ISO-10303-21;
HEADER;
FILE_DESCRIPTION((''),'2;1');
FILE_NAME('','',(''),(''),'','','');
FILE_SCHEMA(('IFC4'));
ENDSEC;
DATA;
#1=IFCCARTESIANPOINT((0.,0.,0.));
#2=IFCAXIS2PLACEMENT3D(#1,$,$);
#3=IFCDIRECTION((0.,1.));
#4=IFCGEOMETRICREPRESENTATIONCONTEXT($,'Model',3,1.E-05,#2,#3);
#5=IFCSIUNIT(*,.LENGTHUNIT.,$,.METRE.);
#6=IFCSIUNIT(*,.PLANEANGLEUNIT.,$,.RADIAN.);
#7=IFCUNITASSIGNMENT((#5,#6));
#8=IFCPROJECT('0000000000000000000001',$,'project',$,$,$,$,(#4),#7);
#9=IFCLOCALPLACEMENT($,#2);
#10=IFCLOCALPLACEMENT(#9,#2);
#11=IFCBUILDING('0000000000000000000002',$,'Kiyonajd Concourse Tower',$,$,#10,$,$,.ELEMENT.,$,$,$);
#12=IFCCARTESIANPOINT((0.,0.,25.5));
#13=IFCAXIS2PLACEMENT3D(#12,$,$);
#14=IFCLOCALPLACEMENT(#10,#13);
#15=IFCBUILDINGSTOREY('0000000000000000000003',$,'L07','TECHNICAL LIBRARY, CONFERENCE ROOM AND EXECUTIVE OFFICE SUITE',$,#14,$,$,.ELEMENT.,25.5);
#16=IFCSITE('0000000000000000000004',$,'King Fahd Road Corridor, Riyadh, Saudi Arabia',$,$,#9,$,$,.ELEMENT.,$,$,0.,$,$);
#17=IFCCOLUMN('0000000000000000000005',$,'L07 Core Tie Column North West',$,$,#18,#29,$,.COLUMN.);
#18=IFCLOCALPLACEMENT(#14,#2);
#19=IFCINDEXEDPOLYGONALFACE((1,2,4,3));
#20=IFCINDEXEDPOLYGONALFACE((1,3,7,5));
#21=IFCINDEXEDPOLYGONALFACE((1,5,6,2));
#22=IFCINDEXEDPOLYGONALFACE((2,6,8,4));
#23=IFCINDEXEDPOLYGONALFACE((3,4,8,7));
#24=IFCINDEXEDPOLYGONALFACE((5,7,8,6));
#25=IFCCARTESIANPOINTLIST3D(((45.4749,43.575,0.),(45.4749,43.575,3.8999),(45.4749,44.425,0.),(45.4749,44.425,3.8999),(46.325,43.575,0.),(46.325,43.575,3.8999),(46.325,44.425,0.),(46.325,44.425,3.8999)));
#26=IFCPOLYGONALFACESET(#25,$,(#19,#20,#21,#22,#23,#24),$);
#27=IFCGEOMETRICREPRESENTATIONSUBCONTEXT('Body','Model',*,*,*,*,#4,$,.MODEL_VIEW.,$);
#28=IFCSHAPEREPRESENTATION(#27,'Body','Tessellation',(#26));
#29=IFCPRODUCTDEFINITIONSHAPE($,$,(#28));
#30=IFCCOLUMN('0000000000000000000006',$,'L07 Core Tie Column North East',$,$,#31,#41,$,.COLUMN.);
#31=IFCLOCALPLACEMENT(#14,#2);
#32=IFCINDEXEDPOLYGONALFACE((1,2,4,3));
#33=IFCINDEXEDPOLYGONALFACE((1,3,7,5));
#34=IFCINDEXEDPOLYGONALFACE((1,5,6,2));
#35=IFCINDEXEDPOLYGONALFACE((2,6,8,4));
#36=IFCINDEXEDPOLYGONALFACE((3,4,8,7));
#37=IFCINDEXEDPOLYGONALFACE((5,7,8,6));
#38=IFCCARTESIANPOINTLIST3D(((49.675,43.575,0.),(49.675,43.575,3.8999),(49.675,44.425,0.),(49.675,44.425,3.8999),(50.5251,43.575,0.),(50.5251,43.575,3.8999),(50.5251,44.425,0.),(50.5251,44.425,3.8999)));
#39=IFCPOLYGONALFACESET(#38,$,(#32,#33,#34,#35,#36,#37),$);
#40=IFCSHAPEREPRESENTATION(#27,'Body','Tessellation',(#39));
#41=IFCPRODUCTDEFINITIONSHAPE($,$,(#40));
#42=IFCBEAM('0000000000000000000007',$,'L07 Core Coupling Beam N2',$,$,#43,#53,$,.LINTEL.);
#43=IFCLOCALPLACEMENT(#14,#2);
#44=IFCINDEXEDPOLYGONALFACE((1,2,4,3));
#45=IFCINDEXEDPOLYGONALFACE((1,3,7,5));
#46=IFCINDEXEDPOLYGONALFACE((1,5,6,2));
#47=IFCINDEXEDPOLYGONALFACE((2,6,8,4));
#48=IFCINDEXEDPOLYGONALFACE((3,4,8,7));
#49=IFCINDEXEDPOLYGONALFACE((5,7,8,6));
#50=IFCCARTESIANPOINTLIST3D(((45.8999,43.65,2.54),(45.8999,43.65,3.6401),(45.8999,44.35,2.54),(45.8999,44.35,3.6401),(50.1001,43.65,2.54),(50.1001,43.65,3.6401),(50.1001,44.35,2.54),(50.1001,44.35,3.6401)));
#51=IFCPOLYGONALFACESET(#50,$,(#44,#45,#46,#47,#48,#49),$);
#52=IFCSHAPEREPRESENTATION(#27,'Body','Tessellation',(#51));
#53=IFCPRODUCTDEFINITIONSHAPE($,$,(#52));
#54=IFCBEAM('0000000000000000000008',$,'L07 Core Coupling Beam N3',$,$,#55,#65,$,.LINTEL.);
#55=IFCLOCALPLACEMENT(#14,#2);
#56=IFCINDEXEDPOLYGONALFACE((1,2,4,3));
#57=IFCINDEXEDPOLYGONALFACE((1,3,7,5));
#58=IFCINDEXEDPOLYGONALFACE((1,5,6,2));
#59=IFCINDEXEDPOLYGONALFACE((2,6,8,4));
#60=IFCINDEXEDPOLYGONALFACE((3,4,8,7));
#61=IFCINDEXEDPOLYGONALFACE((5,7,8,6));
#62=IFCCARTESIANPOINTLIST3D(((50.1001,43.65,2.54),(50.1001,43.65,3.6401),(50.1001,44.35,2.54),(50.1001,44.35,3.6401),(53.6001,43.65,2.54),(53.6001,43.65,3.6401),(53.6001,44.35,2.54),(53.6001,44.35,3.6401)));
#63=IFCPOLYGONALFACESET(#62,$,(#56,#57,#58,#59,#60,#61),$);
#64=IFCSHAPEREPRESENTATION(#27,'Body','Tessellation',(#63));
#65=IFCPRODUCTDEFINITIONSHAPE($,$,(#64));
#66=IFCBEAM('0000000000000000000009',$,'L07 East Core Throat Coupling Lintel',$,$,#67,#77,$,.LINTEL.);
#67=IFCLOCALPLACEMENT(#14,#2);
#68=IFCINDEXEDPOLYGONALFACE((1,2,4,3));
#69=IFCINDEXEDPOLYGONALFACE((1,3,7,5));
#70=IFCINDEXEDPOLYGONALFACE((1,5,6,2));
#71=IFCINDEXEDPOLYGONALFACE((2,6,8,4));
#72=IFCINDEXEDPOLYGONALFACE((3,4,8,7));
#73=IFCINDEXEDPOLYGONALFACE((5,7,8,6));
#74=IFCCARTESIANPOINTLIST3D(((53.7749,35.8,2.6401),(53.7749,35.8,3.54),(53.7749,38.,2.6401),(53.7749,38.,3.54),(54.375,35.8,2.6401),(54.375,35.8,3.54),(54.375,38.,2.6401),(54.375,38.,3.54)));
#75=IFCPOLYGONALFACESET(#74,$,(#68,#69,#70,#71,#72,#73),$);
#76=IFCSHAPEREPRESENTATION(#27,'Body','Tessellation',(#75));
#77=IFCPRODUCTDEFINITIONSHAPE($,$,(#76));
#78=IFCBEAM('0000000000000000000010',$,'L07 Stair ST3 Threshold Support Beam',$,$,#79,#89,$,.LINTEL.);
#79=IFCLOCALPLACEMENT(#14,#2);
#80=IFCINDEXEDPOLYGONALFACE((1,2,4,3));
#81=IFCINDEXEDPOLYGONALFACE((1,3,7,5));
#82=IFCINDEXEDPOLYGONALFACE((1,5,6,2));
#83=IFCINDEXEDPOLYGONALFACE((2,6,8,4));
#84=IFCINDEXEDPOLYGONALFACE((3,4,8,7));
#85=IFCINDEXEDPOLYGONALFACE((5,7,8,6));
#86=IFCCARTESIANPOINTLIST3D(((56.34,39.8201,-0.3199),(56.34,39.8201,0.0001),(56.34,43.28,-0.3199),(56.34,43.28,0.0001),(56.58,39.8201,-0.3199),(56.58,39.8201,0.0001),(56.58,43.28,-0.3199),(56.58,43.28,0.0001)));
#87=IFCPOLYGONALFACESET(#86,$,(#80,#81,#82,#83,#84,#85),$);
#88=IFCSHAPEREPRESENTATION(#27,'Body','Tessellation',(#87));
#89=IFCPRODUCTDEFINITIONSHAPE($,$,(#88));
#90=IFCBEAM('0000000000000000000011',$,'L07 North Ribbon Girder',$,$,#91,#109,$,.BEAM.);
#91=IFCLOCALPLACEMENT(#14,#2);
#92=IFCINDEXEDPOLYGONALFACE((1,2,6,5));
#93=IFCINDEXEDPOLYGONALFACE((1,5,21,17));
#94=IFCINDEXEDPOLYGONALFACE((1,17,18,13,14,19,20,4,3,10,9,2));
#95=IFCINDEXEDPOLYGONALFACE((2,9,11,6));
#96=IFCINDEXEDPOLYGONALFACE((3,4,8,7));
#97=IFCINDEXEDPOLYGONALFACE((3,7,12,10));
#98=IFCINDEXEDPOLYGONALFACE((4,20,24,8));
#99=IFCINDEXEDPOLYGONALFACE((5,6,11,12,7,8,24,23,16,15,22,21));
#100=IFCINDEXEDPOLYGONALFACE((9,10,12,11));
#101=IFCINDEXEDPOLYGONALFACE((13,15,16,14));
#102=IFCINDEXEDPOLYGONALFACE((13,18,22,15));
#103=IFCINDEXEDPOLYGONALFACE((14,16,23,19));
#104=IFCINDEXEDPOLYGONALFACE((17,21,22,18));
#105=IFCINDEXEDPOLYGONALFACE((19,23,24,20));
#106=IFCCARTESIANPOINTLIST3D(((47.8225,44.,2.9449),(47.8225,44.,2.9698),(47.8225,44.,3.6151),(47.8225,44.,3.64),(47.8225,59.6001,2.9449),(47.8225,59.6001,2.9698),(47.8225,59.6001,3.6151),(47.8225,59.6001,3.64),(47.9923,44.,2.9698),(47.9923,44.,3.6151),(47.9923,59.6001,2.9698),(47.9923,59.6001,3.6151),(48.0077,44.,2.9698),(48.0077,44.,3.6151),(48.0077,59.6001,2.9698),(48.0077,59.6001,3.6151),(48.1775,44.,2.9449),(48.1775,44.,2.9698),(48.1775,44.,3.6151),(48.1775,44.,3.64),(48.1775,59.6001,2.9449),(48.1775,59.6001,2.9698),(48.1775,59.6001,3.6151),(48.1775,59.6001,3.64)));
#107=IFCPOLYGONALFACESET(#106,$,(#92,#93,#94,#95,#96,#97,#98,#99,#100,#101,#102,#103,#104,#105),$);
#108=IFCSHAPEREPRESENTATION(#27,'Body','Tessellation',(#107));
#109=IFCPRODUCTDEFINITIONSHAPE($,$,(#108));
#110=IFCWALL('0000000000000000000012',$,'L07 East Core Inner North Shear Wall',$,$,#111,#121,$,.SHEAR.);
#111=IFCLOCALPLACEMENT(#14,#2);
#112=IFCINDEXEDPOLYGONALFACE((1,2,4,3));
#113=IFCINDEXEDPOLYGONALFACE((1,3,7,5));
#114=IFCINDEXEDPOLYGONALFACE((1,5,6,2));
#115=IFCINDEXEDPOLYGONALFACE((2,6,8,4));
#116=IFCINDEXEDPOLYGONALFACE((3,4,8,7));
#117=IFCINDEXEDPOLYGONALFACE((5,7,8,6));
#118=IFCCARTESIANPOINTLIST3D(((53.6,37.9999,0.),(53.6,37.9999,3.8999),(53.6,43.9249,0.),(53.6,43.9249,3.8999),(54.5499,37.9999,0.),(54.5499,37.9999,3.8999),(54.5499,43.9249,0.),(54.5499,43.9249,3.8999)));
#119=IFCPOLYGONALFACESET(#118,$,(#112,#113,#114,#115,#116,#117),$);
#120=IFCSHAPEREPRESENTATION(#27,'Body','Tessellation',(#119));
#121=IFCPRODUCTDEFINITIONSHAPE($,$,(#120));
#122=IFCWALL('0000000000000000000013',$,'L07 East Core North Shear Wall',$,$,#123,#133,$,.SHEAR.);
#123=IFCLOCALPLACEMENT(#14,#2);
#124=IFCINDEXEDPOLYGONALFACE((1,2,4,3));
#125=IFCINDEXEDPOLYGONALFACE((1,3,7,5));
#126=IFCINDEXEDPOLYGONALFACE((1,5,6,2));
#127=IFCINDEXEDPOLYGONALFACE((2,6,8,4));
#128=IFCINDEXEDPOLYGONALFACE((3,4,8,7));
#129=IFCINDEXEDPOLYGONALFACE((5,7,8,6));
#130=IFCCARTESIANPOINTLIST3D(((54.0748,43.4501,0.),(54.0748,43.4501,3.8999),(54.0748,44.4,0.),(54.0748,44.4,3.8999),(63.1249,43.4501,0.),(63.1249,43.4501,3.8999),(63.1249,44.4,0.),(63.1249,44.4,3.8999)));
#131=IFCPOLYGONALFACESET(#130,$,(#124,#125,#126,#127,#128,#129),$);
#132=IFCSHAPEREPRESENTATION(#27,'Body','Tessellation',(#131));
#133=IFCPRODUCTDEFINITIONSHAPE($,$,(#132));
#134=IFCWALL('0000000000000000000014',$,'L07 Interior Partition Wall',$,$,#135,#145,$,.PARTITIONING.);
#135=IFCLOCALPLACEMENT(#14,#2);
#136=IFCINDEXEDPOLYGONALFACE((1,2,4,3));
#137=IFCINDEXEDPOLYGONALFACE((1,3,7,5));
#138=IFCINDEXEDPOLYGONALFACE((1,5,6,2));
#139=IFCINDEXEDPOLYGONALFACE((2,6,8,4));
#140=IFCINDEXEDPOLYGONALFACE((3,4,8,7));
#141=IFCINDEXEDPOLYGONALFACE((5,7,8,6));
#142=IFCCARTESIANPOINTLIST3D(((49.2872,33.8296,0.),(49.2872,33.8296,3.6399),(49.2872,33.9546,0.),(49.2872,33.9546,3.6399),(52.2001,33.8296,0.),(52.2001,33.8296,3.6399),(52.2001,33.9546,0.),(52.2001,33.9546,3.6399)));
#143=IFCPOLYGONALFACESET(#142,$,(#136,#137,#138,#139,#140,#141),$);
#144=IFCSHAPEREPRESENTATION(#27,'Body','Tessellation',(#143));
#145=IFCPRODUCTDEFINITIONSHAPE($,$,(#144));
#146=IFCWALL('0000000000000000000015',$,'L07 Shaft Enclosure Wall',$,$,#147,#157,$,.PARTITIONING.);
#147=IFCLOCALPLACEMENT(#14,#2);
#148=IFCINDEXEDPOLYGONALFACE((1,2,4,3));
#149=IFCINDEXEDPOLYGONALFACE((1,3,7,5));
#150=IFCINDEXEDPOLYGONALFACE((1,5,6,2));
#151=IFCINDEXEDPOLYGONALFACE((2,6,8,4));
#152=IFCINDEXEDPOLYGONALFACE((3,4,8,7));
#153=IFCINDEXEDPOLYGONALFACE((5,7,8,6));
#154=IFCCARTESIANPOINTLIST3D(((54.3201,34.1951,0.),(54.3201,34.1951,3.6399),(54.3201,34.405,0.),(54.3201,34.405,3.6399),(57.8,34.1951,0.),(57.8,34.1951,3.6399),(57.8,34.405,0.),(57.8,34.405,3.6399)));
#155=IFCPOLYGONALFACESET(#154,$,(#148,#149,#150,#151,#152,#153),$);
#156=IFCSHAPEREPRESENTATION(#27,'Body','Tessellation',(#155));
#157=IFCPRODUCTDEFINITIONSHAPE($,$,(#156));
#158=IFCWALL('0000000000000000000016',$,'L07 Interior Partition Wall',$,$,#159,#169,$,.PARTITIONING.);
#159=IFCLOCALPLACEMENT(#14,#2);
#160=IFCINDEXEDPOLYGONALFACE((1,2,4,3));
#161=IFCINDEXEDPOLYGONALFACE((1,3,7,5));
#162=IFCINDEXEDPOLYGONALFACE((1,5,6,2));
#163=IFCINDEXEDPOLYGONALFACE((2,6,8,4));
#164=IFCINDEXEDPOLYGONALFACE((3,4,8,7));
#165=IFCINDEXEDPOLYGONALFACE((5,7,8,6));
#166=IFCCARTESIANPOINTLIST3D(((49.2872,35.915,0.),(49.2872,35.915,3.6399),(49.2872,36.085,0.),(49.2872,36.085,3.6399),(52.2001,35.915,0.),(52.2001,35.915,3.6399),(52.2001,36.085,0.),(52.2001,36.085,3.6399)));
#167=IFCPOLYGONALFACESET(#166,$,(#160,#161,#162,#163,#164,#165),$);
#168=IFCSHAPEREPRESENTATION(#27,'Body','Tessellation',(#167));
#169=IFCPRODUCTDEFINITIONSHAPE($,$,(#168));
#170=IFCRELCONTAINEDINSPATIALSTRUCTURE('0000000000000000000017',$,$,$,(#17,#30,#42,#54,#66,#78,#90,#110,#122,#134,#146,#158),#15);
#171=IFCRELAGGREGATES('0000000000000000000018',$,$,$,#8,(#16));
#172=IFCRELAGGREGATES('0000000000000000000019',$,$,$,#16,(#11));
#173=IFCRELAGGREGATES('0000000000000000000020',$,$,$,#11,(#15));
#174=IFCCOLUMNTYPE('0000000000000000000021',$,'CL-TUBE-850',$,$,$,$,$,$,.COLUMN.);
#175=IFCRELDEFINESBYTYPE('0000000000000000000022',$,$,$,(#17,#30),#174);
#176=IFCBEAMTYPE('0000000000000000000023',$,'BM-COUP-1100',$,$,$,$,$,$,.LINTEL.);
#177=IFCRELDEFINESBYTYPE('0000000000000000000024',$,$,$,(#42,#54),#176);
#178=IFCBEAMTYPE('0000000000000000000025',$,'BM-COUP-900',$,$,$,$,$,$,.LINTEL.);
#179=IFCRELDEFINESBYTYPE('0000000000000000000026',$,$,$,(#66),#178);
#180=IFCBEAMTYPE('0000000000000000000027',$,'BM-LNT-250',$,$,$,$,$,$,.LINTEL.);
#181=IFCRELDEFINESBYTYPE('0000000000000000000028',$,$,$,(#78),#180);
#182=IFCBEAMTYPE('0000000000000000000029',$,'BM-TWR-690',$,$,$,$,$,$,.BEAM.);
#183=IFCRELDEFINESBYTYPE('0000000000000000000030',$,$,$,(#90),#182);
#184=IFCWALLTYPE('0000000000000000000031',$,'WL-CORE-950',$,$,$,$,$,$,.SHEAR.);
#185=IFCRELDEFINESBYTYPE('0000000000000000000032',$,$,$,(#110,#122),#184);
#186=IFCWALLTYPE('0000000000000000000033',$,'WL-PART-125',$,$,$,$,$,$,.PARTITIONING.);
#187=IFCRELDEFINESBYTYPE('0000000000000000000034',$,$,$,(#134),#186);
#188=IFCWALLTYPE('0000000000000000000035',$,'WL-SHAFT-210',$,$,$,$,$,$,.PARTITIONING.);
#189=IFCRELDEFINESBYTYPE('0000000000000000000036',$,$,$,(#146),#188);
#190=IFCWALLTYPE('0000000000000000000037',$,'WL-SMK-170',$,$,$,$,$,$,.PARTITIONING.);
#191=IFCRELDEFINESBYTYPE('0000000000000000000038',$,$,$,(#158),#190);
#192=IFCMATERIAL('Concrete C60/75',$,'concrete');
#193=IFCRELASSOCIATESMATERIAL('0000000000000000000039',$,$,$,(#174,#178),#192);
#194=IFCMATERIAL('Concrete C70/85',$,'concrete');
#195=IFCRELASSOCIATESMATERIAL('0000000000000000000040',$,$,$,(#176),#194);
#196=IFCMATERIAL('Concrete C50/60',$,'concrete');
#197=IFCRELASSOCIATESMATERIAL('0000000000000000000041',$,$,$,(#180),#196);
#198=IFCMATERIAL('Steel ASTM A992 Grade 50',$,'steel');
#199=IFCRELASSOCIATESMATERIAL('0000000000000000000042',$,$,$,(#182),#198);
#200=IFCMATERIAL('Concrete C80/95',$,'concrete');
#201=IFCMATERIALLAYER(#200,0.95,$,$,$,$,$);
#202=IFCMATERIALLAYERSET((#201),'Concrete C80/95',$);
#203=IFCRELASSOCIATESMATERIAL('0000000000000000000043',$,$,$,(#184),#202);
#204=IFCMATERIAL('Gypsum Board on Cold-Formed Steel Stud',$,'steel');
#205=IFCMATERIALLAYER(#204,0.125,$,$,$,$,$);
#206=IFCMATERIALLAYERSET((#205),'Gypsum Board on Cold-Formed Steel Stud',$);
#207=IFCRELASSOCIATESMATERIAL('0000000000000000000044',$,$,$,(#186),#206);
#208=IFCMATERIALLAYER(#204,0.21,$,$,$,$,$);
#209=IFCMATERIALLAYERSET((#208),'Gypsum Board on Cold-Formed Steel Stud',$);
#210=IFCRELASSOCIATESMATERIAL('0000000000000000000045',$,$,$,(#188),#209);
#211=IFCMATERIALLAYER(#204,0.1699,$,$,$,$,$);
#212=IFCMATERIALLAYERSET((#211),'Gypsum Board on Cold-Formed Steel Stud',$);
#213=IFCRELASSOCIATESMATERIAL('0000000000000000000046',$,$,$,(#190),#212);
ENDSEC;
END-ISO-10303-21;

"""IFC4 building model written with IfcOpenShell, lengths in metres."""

from ifc_helpers import new_model, si_unit, direction, frame, frame_2d, origin, origin_2d, place, context, subcontext, project, spatial, rectangle, i_section, extrude, material, layer, layer_set, material_profile, profile_set, type_object, element, save


model = new_model("IFC4")

# Units and contexts
model_context = context("Model", 3, precision=1e-05, world=origin(), true_north=direction((0.0, 1.0)))
body_context = subcontext(model_context, "Body", "Model", "MODEL_VIEW")
ifc_project = project(units=[si_unit("LENGTHUNIT", "METRE"), si_unit("PLANEANGLEUNIT", "RADIAN")], contexts=[model_context])

# Site, building, storey
site_placement = place(None, origin())
site = spatial("IfcSite", under=ifc_project, at=site_placement, Name="King Fahd Road Corridor, Riyadh, Saudi Arabia", CompositionType="ELEMENT", RefElevation=0.0)
building_placement = place(site_placement, origin())
building = spatial("IfcBuilding", under=site, at=building_placement, Name="Kiyonajd Concourse Tower", CompositionType="ELEMENT")
storey_placement = place(building_placement, frame((0.0, 0.0, 25.5)))
storey = spatial("IfcBuildingStorey", under=building, at=storey_placement, Name="L07", Description="TECHNICAL LIBRARY, CONFERENCE ROOM AND EXECUTIVE OFFICE SUITE", CompositionType="ELEMENT", Elevation=25.5)

# Columns
ifc_material_1 = material(Name="Concrete C60/75", Category="concrete")
ifc_material_profile_1 = material_profile(ifc_material_1, rectangle(XDim=0.8501, YDim=0.8501, at=origin_2d()), Name="RC-850x850")
ifc_profile_set_1 = profile_set([ifc_material_profile_1], Name="Concrete C60/75")
column_type = type_object("IfcColumnType", Name="CL-TUBE-850", PredefinedType="COLUMN", material=ifc_profile_set_1)
for number, where, z_axis, x_axis, name in (
    (1, (45.8999, 44.0, 0.0), (0.0, 0.0, 1.0), (1.0, 0.0, 0.0), "L07 Core Tie Column North West"),
    (2, (50.1001, 44.0, 0.0), (0.0, 0.0, 1.0), (1.0, 0.0, 0.0), "L07 Core Tie Column North East"),
):
    element("IfcColumn", number, at=place(storey_placement, frame(where, z_axis=z_axis, x_axis=x_axis)), inside=storey, type_object=column_type, Name=name, PredefinedType="COLUMN", context=body_context, shape_type="SweptSolid", body=[
        extrude(rectangle(XDim=0.8501, YDim=0.8501, at=origin_2d()), origin(), (0.0, 0.0, 1.0), 3.8999),
    ])

# Beams
ifc_material_2 = material(Name="Concrete C70/85", Category="concrete")
ifc_material_profile_2 = material_profile(ifc_material_2, rectangle(XDim=0.7, YDim=1.1001, at=origin_2d()), Name="RCBM-700x1100")
ifc_profile_set_2 = profile_set([ifc_material_profile_2], Name="Concrete C70/85")
beam_type_1 = type_object("IfcBeamType", Name="BM-COUP-1100", PredefinedType="LINTEL", material=ifc_profile_set_2)
beam_1_placement = place(storey_placement, frame((45.8999, 44.0, 3.0901), z_axis=(1.0, 0.0, 0.0), x_axis=(0.0, 1.0, 0.0)))
element("IfcBeam", 3, at=beam_1_placement, inside=storey, type_object=beam_type_1, Name="L07 Core Coupling Beam N2", PredefinedType="LINTEL", context=body_context, shape_type="SweptSolid", body=[
    extrude(rectangle(XDim=0.7, YDim=1.1001, at=origin_2d()), origin(), (0.0, 0.0, 1.0), 4.2002),
])
beam_2_placement = place(storey_placement, frame((50.1001, 44.0, 3.0901), z_axis=(1.0, 0.0, 0.0), x_axis=(0.0, 1.0, 0.0)))
element("IfcBeam", 4, at=beam_2_placement, inside=storey, type_object=beam_type_1, Name="L07 Core Coupling Beam N3", PredefinedType="LINTEL", context=body_context, shape_type="SweptSolid", body=[
    extrude(rectangle(XDim=0.7, YDim=1.1001, at=origin_2d()), origin(), (0.0, 0.0, 1.0), 3.5),
])
ifc_material_profile_3 = material_profile(ifc_material_1, rectangle(XDim=0.6001, YDim=0.8999, at=origin_2d()), Name="RCBM-600x900")
ifc_profile_set_3 = profile_set([ifc_material_profile_3], Name="Concrete C60/75")
beam_type_2 = type_object("IfcBeamType", Name="BM-COUP-900", PredefinedType="LINTEL", material=ifc_profile_set_3)
beam_3_placement = place(storey_placement, frame((54.075, 35.8, 3.0901), z_axis=(0.0, 1.0, 0.0), x_axis=(-1.0, 0.0, 0.0)))
element("IfcBeam", 5, at=beam_3_placement, inside=storey, type_object=beam_type_2, Name="L07 East Core Throat Coupling Lintel", PredefinedType="LINTEL", context=body_context, shape_type="SweptSolid", body=[
    extrude(rectangle(XDim=0.6001, YDim=0.8999, at=origin_2d()), origin(), (0.0, 0.0, 1.0), 2.2),
])
ifc_material_3 = material(Name="Concrete C50/60", Category="concrete")
ifc_material_profile_4 = material_profile(ifc_material_3, rectangle(XDim=0.24, YDim=0.3201, at=origin_2d()), Name="RCBM-240x320")
ifc_profile_set_4 = profile_set([ifc_material_profile_4], Name="Concrete C50/60")
beam_type_3 = type_object("IfcBeamType", Name="BM-LNT-250", PredefinedType="LINTEL", material=ifc_profile_set_4)
beam_4_placement = place(storey_placement, frame((56.46, 39.8201, -0.1599), z_axis=(0.0, 1.0, 0.0), x_axis=(-1.0, 0.0, 0.0)))
element("IfcBeam", 6, at=beam_4_placement, inside=storey, type_object=beam_type_3, Name="L07 Stair ST3 Threshold Support Beam", PredefinedType="LINTEL", context=body_context, shape_type="SweptSolid", body=[
    extrude(rectangle(XDim=0.24, YDim=0.3201, at=origin_2d()), origin(), (0.0, 0.0, 1.0), 3.46),
])
ifc_material_4 = material(Name="Steel ASTM A992 Grade 50", Category="steel")
ifc_material_profile_5 = material_profile(ifc_material_4, i_section(OverallWidth=0.355, OverallDepth=0.6951, WebThickness=0.0154, FlangeThickness=0.0249, at=origin_2d()), Name="W690X217")
ifc_profile_set_5 = profile_set([ifc_material_profile_5], Name="Steel ASTM A992 Grade 50")
beam_type_4 = type_object("IfcBeamType", Name="BM-TWR-690", PredefinedType="BEAM", material=ifc_profile_set_5)
beam_5_placement = place(storey_placement, frame((48.0, 44.0, 3.2925), z_axis=(0.0, 1.0, 0.0), x_axis=(-1.0, 0.0, 0.0)))
element("IfcBeam", 7, at=beam_5_placement, inside=storey, type_object=beam_type_4, Name="L07 North Ribbon Girder", PredefinedType="BEAM", context=body_context, shape_type="SweptSolid", body=[
    extrude(i_section(OverallWidth=0.355, OverallDepth=0.6951, WebThickness=0.0154, FlangeThickness=0.0249, at=origin_2d()), origin(), (0.0, 0.0, 1.0), 15.6001),
])

# Walls
ifc_material_5 = material(Name="Concrete C80/95", Category="concrete")
ifc_layer_1 = layer(ifc_material_5, 0.95)
ifc_layer_set_1 = layer_set([ifc_layer_1], Name="Concrete C80/95")
wall_type_1 = type_object("IfcWallType", Name="WL-CORE-950", PredefinedType="SHEAR", material=ifc_layer_set_1)
wall_1_placement = place(storey_placement, frame((54.075, 38.0, 0.0), z_axis=(0.0, 0.0, 1.0), x_axis=(0.0, 1.0, 0.0)))
element("IfcWall", 8, at=wall_1_placement, inside=storey, type_object=wall_type_1, Name="L07 East Core Inner North Shear Wall", PredefinedType="SHEAR", context=body_context, shape_type="SweptSolid", body=[
    extrude(rectangle(XDim=5.925, YDim=0.95, at=frame_2d((2.9624, 0.0))), origin(), (0.0, 0.0, 1.0), 3.8999),
])
wall_2_placement = place(storey_placement, frame((54.075, 43.925, 0.0), z_axis=(0.0, 0.0, 1.0), x_axis=(1.0, 0.0, 0.0)))
element("IfcWall", 9, at=wall_2_placement, inside=storey, type_object=wall_type_1, Name="L07 East Core North Shear Wall", PredefinedType="SHEAR", context=body_context, shape_type="SweptSolid", body=[
    extrude(rectangle(XDim=9.05, YDim=0.95, at=frame_2d((4.5249, 0.0))), origin(), (0.0, 0.0, 1.0), 3.8999),
])
ifc_material_6 = material(Name="Gypsum Board on Cold-Formed Steel Stud", Category="steel")
ifc_layer_2 = layer(ifc_material_6, 0.125)
ifc_layer_set_2 = layer_set([ifc_layer_2], Name="Gypsum Board on Cold-Formed Steel Stud")
wall_type_2 = type_object("IfcWallType", Name="WL-PART-125", PredefinedType="PARTITIONING", material=ifc_layer_set_2)
wall_3_placement = place(storey_placement, frame((49.2871, 33.8921, 0.0), z_axis=(0.0, 0.0, 1.0), x_axis=(1.0, 0.0, 0.0)))
element("IfcWall", 10, at=wall_3_placement, inside=storey, type_object=wall_type_2, Name="L07 Interior Partition Wall", PredefinedType="PARTITIONING", context=body_context, shape_type="SweptSolid", body=[
    extrude(rectangle(XDim=2.9128, YDim=0.125, at=frame_2d((1.4565, 0.0))), origin(), (0.0, 0.0, 1.0), 3.6399),
])
ifc_layer_3 = layer(ifc_material_6, 0.21)
ifc_layer_set_3 = layer_set([ifc_layer_3], Name="Gypsum Board on Cold-Formed Steel Stud")
wall_type_3 = type_object("IfcWallType", Name="WL-SHAFT-210", PredefinedType="PARTITIONING", material=ifc_layer_set_3)
wall_4_placement = place(storey_placement, frame((54.3201, 34.3, 0.0), z_axis=(0.0, 0.0, 1.0), x_axis=(1.0, 0.0, 0.0)))
element("IfcWall", 11, at=wall_4_placement, inside=storey, type_object=wall_type_3, Name="L07 Shaft Enclosure Wall", PredefinedType="PARTITIONING", context=body_context, shape_type="SweptSolid", body=[
    extrude(rectangle(XDim=3.48, YDim=0.21, at=frame_2d((1.74, 0.0))), origin(), (0.0, 0.0, 1.0), 3.6399),
])
ifc_layer_4 = layer(ifc_material_6, 0.1699)
ifc_layer_set_4 = layer_set([ifc_layer_4], Name="Gypsum Board on Cold-Formed Steel Stud")
wall_type_4 = type_object("IfcWallType", Name="WL-SMK-170", PredefinedType="PARTITIONING", material=ifc_layer_set_4)
wall_5_placement = place(storey_placement, frame((49.2871, 36.0, 0.0), z_axis=(0.0, 0.0, 1.0), x_axis=(1.0, 0.0, 0.0)))
element("IfcWall", 12, at=wall_5_placement, inside=storey, type_object=wall_type_4, Name="L07 Interior Partition Wall", PredefinedType="PARTITIONING", context=body_context, shape_type="SweptSolid", body=[
    extrude(rectangle(XDim=2.9128, YDim=0.1699, at=frame_2d((1.4565, 0.0))), origin(), (0.0, 0.0, 1.0), 3.6399),
])

save(model, "model.ifc")
